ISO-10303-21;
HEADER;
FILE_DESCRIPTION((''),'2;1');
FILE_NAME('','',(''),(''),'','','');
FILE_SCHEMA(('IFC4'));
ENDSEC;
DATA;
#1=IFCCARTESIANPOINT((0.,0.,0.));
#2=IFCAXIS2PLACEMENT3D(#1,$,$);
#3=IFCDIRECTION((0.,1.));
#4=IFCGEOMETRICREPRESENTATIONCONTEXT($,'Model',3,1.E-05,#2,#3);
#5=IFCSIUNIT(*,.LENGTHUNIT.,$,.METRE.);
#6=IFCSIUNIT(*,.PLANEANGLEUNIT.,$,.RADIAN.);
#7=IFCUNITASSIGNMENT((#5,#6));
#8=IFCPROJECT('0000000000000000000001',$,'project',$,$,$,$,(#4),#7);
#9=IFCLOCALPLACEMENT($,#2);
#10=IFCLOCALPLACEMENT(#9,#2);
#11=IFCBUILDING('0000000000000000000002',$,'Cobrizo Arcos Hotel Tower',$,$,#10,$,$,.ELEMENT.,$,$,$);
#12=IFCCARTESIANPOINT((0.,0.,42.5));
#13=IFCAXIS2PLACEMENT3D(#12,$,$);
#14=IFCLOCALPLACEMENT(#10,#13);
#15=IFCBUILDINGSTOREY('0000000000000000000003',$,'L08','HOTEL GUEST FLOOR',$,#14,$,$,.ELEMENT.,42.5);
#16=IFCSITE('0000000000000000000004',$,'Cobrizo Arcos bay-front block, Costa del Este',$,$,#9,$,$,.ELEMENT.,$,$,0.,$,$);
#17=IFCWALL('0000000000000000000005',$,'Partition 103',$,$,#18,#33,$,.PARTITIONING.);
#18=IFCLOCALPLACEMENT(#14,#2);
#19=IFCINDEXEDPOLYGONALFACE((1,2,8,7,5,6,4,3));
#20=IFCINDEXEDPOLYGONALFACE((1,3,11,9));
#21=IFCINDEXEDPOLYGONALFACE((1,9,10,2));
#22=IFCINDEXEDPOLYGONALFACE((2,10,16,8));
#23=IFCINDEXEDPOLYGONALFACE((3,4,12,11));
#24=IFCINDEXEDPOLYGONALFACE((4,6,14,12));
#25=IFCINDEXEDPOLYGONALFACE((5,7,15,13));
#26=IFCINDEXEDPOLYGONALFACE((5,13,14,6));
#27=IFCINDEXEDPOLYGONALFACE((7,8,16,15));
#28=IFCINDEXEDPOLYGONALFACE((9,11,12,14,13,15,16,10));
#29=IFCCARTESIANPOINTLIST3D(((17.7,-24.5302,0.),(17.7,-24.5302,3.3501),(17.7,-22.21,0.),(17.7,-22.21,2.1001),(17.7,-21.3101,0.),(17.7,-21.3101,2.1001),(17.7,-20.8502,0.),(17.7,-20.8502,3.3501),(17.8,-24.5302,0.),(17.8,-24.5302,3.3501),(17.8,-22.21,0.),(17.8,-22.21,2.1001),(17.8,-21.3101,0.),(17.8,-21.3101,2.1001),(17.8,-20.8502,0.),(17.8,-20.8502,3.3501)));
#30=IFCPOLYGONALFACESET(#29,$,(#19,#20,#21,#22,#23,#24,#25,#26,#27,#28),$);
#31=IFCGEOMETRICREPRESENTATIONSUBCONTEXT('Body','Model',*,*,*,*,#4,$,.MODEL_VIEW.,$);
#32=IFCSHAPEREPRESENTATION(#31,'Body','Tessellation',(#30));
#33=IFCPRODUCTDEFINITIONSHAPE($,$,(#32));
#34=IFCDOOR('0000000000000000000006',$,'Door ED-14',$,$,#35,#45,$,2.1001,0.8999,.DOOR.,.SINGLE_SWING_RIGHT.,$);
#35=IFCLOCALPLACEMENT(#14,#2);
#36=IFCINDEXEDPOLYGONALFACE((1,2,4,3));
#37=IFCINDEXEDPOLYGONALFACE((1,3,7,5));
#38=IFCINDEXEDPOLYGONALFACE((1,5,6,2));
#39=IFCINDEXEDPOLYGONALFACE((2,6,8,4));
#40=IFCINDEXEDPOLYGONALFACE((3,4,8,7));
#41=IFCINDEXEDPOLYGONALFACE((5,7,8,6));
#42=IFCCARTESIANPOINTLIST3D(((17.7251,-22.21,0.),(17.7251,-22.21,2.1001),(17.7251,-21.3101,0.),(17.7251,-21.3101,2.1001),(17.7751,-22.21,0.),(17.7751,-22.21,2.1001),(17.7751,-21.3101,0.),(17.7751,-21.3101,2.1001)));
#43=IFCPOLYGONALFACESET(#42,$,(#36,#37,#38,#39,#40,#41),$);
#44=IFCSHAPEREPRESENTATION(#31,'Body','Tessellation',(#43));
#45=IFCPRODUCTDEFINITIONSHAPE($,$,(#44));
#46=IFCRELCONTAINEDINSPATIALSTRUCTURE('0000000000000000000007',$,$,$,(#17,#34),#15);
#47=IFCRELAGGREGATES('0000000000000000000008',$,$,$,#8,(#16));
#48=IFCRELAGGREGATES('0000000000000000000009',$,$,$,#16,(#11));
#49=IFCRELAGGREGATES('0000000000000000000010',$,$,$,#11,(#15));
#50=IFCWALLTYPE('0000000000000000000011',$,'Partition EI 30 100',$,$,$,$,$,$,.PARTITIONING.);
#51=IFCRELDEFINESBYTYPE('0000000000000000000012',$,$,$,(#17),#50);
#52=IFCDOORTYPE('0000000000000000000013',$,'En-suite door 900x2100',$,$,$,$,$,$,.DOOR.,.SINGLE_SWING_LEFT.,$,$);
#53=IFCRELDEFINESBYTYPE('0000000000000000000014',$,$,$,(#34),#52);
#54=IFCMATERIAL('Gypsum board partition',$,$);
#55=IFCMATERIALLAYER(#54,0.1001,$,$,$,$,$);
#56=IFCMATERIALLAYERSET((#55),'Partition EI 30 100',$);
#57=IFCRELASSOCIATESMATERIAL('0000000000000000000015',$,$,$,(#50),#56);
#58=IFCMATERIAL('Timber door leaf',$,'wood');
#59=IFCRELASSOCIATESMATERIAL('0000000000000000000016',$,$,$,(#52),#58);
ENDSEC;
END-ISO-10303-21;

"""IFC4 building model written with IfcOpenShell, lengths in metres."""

from ifc_helpers import new_model, si_unit, direction, frame, frame_2d, origin, place, context, subcontext, project, spatial, rectangle, extrude, material, layer, layer_set, type_object, element, fill, save


model = new_model("IFC4")

# Units and contexts
model_context = context("Model", 3, precision=1e-05, world=origin(), true_north=direction((0.0, 1.0)))
body_context = subcontext(model_context, "Body", "Model", "MODEL_VIEW")
ifc_project = project(units=[si_unit("LENGTHUNIT", "METRE"), si_unit("PLANEANGLEUNIT", "RADIAN")], contexts=[model_context])

# Site, building, storey
site_placement = place(None, origin())
site = spatial("IfcSite", under=ifc_project, at=site_placement, Name="Cobrizo Arcos bay-front block, Costa del Este", CompositionType="ELEMENT", RefElevation=0.0)
building_placement = place(site_placement, origin())
building = spatial("IfcBuilding", under=site, at=building_placement, Name="Cobrizo Arcos Hotel Tower", CompositionType="ELEMENT")
storey_placement = place(building_placement, frame((0.0, 0.0, 42.5)))
storey = spatial("IfcBuildingStorey", under=building, at=storey_placement, Name="L08", Description="HOTEL GUEST FLOOR", CompositionType="ELEMENT", Elevation=42.5)

# Wall, opening, door
ifc_material_1 = material(Name="Gypsum board partition")
ifc_layer_1 = layer(ifc_material_1, 0.1001)
ifc_layer_set_1 = layer_set([ifc_layer_1], Name="Partition EI 30 100")
wall_type = type_object("IfcWallType", Name="Partition EI 30 100", PredefinedType="PARTITIONING", material=ifc_layer_set_1)
wall_placement = place(storey_placement, frame((17.75, -24.53, 0.0), z_axis=(0.0, 0.0, 1.0), x_axis=(0.0, 1.0, 0.0)))
wall = element("IfcWall", 1, at=wall_placement, inside=storey, type_object=wall_type, Name="Partition 103", PredefinedType="PARTITIONING", context=body_context, shape_type="SweptSolid", body=[
    extrude(rectangle(XDim=3.6799, YDim=0.1001, at=frame_2d((1.8398, 0.0))), origin(), (0.0, 0.0, 1.0), 3.3501),
])
opening_placement = place(wall_placement, frame((2.3201, 0.0, 0.0)))
opening = element("IfcOpeningElement", 2, at=opening_placement, cuts=wall, PredefinedType="OPENING", context=body_context, shape_type="SweptSolid", body=[
    extrude(rectangle(XDim=0.8999, YDim=2.1001, at=frame_2d((0.45, 1.05))), frame((0.0, 0.062, 0.0), z_axis=(0.0, -1.0, 0.0), x_axis=(1.0, 0.0, 0.0)), (0.0, 0.0, 1.0), 0.124),
])
ifc_material_2 = material(Name="Timber door leaf", Category="wood")
door_type = type_object("IfcDoorType", Name="En-suite door 900x2100", OperationType="SINGLE_SWING_LEFT", PredefinedType="DOOR", material=ifc_material_2)
door_placement = place(opening_placement, origin())
door = element("IfcDoor", 3, at=door_placement, inside=storey, type_object=door_type, Name="Door ED-14", OperationType="SINGLE_SWING_RIGHT", OverallHeight=2.1001, OverallWidth=0.8999, PredefinedType="DOOR", context=body_context, shape_type="SweptSolid", body=[
    extrude(rectangle(XDim=0.8999, YDim=2.1001, at=frame_2d((0.45, 1.05))), frame((0.0, 0.0249, 0.0), z_axis=(0.0, -1.0, 0.0), x_axis=(1.0, 0.0, 0.0)), (0.0, 0.0, 1.0), 0.05),
])
fill(opening, door)

save(model, "model.ifc")
